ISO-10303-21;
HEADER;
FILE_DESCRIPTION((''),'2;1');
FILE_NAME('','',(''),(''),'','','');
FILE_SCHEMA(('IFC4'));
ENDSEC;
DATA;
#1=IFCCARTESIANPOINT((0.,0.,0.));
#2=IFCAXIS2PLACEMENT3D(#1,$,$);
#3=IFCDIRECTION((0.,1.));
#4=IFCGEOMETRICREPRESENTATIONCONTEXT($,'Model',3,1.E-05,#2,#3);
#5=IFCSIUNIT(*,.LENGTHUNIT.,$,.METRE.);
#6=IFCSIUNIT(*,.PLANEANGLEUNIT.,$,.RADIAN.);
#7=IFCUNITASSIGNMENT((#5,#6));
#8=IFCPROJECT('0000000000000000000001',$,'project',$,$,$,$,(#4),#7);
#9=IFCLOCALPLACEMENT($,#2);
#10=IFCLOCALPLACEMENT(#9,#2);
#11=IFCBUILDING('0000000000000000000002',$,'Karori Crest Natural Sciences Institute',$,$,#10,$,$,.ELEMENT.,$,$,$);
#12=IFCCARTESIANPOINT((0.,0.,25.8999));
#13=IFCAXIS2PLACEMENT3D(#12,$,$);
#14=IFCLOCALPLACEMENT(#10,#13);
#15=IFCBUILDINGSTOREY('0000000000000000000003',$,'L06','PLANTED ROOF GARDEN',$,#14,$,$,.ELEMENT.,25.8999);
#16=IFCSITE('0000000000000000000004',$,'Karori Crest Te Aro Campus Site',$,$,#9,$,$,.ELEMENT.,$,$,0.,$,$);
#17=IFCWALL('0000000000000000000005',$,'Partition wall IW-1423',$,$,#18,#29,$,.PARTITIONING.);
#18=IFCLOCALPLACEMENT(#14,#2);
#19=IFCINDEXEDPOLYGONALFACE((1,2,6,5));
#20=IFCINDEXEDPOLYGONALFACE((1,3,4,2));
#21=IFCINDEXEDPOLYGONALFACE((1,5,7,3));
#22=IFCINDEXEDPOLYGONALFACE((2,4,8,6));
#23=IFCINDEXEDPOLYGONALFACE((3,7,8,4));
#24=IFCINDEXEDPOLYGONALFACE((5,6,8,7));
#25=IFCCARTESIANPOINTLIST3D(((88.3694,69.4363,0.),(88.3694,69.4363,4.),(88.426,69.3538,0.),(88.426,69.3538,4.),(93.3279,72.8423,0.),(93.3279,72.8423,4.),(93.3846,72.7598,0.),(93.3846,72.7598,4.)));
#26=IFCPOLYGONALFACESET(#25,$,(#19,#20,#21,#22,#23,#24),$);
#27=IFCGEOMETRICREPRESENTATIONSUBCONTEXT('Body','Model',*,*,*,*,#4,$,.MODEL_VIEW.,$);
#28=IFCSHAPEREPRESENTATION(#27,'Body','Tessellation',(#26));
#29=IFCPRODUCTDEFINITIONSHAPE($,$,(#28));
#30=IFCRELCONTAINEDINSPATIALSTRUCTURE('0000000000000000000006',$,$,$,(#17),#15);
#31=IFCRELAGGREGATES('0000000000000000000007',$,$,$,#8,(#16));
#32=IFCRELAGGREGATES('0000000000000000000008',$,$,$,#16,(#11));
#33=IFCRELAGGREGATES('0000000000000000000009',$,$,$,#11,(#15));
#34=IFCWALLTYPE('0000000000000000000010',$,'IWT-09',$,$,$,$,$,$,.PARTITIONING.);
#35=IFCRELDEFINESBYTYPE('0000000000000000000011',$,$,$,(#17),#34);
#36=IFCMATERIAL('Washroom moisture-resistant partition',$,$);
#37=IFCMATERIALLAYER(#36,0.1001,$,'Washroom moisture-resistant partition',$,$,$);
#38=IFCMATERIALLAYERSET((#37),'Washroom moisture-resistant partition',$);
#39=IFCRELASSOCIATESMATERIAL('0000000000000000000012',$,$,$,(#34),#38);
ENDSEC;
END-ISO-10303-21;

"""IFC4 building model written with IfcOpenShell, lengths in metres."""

from ifc_helpers import new_model, si_unit, direction, frame, frame_2d, origin, place, context, subcontext, project, spatial, rectangle, extrude, material, layer, layer_set, type_object, element, save


model = new_model("IFC4")

# Units and contexts
model_context = context("Model", 3, precision=1e-05, world=origin(), true_north=direction((0.0, 1.0)))
body_context = subcontext(model_context, "Body", "Model", "MODEL_VIEW")
ifc_project = project(units=[si_unit("LENGTHUNIT", "METRE"), si_unit("PLANEANGLEUNIT", "RADIAN")], contexts=[model_context])

# Site, building, storey
site_placement = place(None, origin())
site = spatial("IfcSite", under=ifc_project, at=site_placement, Name="Karori Crest Te Aro Campus Site", CompositionType="ELEMENT", RefElevation=0.0)
building_placement = place(site_placement, origin())
building = spatial("IfcBuilding", under=site, at=building_placement, Name="Karori Crest Natural Sciences Institute", CompositionType="ELEMENT")
storey_placement = place(building_placement, frame((0.0, 0.0, 25.8999)))
storey = spatial("IfcBuildingStorey", under=building, at=storey_placement, Name="L06", Description="PLANTED ROOF GARDEN", CompositionType="ELEMENT", Elevation=25.8999)

# Shared definitions
ifc_material_1 = material(Name="Washroom moisture-resistant partition")
ifc_layer_1 = layer(ifc_material_1, 0.1001, Name="Washroom moisture-resistant partition")
ifc_layer_set_1 = layer_set([ifc_layer_1], Name="Washroom moisture-resistant partition")
wall_type_1 = type_object("IfcWallType", Name="IWT-09", PredefinedType="PARTITIONING", material=ifc_layer_set_1)

# Wall
wall_1_placement = place(storey_placement, frame((88.3977, 69.395, 0.0), z_axis=(0.0, 0.0, 1.0), x_axis=(0.824272, 0.566195, 0.0)))
element("IfcWall", 1, at=wall_1_placement, inside=storey, type_object=wall_type_1, Name="Partition wall IW-1423", PredefinedType="PARTITIONING", context=body_context, shape_type="SweptSolid", body=[
    extrude(rectangle(XDim=6.0156, YDim=0.1001, at=frame_2d((3.0078, 0.0))), origin(), (0.0, 0.0, 1.0), 4.0),
])

save(model, "model.ifc")
